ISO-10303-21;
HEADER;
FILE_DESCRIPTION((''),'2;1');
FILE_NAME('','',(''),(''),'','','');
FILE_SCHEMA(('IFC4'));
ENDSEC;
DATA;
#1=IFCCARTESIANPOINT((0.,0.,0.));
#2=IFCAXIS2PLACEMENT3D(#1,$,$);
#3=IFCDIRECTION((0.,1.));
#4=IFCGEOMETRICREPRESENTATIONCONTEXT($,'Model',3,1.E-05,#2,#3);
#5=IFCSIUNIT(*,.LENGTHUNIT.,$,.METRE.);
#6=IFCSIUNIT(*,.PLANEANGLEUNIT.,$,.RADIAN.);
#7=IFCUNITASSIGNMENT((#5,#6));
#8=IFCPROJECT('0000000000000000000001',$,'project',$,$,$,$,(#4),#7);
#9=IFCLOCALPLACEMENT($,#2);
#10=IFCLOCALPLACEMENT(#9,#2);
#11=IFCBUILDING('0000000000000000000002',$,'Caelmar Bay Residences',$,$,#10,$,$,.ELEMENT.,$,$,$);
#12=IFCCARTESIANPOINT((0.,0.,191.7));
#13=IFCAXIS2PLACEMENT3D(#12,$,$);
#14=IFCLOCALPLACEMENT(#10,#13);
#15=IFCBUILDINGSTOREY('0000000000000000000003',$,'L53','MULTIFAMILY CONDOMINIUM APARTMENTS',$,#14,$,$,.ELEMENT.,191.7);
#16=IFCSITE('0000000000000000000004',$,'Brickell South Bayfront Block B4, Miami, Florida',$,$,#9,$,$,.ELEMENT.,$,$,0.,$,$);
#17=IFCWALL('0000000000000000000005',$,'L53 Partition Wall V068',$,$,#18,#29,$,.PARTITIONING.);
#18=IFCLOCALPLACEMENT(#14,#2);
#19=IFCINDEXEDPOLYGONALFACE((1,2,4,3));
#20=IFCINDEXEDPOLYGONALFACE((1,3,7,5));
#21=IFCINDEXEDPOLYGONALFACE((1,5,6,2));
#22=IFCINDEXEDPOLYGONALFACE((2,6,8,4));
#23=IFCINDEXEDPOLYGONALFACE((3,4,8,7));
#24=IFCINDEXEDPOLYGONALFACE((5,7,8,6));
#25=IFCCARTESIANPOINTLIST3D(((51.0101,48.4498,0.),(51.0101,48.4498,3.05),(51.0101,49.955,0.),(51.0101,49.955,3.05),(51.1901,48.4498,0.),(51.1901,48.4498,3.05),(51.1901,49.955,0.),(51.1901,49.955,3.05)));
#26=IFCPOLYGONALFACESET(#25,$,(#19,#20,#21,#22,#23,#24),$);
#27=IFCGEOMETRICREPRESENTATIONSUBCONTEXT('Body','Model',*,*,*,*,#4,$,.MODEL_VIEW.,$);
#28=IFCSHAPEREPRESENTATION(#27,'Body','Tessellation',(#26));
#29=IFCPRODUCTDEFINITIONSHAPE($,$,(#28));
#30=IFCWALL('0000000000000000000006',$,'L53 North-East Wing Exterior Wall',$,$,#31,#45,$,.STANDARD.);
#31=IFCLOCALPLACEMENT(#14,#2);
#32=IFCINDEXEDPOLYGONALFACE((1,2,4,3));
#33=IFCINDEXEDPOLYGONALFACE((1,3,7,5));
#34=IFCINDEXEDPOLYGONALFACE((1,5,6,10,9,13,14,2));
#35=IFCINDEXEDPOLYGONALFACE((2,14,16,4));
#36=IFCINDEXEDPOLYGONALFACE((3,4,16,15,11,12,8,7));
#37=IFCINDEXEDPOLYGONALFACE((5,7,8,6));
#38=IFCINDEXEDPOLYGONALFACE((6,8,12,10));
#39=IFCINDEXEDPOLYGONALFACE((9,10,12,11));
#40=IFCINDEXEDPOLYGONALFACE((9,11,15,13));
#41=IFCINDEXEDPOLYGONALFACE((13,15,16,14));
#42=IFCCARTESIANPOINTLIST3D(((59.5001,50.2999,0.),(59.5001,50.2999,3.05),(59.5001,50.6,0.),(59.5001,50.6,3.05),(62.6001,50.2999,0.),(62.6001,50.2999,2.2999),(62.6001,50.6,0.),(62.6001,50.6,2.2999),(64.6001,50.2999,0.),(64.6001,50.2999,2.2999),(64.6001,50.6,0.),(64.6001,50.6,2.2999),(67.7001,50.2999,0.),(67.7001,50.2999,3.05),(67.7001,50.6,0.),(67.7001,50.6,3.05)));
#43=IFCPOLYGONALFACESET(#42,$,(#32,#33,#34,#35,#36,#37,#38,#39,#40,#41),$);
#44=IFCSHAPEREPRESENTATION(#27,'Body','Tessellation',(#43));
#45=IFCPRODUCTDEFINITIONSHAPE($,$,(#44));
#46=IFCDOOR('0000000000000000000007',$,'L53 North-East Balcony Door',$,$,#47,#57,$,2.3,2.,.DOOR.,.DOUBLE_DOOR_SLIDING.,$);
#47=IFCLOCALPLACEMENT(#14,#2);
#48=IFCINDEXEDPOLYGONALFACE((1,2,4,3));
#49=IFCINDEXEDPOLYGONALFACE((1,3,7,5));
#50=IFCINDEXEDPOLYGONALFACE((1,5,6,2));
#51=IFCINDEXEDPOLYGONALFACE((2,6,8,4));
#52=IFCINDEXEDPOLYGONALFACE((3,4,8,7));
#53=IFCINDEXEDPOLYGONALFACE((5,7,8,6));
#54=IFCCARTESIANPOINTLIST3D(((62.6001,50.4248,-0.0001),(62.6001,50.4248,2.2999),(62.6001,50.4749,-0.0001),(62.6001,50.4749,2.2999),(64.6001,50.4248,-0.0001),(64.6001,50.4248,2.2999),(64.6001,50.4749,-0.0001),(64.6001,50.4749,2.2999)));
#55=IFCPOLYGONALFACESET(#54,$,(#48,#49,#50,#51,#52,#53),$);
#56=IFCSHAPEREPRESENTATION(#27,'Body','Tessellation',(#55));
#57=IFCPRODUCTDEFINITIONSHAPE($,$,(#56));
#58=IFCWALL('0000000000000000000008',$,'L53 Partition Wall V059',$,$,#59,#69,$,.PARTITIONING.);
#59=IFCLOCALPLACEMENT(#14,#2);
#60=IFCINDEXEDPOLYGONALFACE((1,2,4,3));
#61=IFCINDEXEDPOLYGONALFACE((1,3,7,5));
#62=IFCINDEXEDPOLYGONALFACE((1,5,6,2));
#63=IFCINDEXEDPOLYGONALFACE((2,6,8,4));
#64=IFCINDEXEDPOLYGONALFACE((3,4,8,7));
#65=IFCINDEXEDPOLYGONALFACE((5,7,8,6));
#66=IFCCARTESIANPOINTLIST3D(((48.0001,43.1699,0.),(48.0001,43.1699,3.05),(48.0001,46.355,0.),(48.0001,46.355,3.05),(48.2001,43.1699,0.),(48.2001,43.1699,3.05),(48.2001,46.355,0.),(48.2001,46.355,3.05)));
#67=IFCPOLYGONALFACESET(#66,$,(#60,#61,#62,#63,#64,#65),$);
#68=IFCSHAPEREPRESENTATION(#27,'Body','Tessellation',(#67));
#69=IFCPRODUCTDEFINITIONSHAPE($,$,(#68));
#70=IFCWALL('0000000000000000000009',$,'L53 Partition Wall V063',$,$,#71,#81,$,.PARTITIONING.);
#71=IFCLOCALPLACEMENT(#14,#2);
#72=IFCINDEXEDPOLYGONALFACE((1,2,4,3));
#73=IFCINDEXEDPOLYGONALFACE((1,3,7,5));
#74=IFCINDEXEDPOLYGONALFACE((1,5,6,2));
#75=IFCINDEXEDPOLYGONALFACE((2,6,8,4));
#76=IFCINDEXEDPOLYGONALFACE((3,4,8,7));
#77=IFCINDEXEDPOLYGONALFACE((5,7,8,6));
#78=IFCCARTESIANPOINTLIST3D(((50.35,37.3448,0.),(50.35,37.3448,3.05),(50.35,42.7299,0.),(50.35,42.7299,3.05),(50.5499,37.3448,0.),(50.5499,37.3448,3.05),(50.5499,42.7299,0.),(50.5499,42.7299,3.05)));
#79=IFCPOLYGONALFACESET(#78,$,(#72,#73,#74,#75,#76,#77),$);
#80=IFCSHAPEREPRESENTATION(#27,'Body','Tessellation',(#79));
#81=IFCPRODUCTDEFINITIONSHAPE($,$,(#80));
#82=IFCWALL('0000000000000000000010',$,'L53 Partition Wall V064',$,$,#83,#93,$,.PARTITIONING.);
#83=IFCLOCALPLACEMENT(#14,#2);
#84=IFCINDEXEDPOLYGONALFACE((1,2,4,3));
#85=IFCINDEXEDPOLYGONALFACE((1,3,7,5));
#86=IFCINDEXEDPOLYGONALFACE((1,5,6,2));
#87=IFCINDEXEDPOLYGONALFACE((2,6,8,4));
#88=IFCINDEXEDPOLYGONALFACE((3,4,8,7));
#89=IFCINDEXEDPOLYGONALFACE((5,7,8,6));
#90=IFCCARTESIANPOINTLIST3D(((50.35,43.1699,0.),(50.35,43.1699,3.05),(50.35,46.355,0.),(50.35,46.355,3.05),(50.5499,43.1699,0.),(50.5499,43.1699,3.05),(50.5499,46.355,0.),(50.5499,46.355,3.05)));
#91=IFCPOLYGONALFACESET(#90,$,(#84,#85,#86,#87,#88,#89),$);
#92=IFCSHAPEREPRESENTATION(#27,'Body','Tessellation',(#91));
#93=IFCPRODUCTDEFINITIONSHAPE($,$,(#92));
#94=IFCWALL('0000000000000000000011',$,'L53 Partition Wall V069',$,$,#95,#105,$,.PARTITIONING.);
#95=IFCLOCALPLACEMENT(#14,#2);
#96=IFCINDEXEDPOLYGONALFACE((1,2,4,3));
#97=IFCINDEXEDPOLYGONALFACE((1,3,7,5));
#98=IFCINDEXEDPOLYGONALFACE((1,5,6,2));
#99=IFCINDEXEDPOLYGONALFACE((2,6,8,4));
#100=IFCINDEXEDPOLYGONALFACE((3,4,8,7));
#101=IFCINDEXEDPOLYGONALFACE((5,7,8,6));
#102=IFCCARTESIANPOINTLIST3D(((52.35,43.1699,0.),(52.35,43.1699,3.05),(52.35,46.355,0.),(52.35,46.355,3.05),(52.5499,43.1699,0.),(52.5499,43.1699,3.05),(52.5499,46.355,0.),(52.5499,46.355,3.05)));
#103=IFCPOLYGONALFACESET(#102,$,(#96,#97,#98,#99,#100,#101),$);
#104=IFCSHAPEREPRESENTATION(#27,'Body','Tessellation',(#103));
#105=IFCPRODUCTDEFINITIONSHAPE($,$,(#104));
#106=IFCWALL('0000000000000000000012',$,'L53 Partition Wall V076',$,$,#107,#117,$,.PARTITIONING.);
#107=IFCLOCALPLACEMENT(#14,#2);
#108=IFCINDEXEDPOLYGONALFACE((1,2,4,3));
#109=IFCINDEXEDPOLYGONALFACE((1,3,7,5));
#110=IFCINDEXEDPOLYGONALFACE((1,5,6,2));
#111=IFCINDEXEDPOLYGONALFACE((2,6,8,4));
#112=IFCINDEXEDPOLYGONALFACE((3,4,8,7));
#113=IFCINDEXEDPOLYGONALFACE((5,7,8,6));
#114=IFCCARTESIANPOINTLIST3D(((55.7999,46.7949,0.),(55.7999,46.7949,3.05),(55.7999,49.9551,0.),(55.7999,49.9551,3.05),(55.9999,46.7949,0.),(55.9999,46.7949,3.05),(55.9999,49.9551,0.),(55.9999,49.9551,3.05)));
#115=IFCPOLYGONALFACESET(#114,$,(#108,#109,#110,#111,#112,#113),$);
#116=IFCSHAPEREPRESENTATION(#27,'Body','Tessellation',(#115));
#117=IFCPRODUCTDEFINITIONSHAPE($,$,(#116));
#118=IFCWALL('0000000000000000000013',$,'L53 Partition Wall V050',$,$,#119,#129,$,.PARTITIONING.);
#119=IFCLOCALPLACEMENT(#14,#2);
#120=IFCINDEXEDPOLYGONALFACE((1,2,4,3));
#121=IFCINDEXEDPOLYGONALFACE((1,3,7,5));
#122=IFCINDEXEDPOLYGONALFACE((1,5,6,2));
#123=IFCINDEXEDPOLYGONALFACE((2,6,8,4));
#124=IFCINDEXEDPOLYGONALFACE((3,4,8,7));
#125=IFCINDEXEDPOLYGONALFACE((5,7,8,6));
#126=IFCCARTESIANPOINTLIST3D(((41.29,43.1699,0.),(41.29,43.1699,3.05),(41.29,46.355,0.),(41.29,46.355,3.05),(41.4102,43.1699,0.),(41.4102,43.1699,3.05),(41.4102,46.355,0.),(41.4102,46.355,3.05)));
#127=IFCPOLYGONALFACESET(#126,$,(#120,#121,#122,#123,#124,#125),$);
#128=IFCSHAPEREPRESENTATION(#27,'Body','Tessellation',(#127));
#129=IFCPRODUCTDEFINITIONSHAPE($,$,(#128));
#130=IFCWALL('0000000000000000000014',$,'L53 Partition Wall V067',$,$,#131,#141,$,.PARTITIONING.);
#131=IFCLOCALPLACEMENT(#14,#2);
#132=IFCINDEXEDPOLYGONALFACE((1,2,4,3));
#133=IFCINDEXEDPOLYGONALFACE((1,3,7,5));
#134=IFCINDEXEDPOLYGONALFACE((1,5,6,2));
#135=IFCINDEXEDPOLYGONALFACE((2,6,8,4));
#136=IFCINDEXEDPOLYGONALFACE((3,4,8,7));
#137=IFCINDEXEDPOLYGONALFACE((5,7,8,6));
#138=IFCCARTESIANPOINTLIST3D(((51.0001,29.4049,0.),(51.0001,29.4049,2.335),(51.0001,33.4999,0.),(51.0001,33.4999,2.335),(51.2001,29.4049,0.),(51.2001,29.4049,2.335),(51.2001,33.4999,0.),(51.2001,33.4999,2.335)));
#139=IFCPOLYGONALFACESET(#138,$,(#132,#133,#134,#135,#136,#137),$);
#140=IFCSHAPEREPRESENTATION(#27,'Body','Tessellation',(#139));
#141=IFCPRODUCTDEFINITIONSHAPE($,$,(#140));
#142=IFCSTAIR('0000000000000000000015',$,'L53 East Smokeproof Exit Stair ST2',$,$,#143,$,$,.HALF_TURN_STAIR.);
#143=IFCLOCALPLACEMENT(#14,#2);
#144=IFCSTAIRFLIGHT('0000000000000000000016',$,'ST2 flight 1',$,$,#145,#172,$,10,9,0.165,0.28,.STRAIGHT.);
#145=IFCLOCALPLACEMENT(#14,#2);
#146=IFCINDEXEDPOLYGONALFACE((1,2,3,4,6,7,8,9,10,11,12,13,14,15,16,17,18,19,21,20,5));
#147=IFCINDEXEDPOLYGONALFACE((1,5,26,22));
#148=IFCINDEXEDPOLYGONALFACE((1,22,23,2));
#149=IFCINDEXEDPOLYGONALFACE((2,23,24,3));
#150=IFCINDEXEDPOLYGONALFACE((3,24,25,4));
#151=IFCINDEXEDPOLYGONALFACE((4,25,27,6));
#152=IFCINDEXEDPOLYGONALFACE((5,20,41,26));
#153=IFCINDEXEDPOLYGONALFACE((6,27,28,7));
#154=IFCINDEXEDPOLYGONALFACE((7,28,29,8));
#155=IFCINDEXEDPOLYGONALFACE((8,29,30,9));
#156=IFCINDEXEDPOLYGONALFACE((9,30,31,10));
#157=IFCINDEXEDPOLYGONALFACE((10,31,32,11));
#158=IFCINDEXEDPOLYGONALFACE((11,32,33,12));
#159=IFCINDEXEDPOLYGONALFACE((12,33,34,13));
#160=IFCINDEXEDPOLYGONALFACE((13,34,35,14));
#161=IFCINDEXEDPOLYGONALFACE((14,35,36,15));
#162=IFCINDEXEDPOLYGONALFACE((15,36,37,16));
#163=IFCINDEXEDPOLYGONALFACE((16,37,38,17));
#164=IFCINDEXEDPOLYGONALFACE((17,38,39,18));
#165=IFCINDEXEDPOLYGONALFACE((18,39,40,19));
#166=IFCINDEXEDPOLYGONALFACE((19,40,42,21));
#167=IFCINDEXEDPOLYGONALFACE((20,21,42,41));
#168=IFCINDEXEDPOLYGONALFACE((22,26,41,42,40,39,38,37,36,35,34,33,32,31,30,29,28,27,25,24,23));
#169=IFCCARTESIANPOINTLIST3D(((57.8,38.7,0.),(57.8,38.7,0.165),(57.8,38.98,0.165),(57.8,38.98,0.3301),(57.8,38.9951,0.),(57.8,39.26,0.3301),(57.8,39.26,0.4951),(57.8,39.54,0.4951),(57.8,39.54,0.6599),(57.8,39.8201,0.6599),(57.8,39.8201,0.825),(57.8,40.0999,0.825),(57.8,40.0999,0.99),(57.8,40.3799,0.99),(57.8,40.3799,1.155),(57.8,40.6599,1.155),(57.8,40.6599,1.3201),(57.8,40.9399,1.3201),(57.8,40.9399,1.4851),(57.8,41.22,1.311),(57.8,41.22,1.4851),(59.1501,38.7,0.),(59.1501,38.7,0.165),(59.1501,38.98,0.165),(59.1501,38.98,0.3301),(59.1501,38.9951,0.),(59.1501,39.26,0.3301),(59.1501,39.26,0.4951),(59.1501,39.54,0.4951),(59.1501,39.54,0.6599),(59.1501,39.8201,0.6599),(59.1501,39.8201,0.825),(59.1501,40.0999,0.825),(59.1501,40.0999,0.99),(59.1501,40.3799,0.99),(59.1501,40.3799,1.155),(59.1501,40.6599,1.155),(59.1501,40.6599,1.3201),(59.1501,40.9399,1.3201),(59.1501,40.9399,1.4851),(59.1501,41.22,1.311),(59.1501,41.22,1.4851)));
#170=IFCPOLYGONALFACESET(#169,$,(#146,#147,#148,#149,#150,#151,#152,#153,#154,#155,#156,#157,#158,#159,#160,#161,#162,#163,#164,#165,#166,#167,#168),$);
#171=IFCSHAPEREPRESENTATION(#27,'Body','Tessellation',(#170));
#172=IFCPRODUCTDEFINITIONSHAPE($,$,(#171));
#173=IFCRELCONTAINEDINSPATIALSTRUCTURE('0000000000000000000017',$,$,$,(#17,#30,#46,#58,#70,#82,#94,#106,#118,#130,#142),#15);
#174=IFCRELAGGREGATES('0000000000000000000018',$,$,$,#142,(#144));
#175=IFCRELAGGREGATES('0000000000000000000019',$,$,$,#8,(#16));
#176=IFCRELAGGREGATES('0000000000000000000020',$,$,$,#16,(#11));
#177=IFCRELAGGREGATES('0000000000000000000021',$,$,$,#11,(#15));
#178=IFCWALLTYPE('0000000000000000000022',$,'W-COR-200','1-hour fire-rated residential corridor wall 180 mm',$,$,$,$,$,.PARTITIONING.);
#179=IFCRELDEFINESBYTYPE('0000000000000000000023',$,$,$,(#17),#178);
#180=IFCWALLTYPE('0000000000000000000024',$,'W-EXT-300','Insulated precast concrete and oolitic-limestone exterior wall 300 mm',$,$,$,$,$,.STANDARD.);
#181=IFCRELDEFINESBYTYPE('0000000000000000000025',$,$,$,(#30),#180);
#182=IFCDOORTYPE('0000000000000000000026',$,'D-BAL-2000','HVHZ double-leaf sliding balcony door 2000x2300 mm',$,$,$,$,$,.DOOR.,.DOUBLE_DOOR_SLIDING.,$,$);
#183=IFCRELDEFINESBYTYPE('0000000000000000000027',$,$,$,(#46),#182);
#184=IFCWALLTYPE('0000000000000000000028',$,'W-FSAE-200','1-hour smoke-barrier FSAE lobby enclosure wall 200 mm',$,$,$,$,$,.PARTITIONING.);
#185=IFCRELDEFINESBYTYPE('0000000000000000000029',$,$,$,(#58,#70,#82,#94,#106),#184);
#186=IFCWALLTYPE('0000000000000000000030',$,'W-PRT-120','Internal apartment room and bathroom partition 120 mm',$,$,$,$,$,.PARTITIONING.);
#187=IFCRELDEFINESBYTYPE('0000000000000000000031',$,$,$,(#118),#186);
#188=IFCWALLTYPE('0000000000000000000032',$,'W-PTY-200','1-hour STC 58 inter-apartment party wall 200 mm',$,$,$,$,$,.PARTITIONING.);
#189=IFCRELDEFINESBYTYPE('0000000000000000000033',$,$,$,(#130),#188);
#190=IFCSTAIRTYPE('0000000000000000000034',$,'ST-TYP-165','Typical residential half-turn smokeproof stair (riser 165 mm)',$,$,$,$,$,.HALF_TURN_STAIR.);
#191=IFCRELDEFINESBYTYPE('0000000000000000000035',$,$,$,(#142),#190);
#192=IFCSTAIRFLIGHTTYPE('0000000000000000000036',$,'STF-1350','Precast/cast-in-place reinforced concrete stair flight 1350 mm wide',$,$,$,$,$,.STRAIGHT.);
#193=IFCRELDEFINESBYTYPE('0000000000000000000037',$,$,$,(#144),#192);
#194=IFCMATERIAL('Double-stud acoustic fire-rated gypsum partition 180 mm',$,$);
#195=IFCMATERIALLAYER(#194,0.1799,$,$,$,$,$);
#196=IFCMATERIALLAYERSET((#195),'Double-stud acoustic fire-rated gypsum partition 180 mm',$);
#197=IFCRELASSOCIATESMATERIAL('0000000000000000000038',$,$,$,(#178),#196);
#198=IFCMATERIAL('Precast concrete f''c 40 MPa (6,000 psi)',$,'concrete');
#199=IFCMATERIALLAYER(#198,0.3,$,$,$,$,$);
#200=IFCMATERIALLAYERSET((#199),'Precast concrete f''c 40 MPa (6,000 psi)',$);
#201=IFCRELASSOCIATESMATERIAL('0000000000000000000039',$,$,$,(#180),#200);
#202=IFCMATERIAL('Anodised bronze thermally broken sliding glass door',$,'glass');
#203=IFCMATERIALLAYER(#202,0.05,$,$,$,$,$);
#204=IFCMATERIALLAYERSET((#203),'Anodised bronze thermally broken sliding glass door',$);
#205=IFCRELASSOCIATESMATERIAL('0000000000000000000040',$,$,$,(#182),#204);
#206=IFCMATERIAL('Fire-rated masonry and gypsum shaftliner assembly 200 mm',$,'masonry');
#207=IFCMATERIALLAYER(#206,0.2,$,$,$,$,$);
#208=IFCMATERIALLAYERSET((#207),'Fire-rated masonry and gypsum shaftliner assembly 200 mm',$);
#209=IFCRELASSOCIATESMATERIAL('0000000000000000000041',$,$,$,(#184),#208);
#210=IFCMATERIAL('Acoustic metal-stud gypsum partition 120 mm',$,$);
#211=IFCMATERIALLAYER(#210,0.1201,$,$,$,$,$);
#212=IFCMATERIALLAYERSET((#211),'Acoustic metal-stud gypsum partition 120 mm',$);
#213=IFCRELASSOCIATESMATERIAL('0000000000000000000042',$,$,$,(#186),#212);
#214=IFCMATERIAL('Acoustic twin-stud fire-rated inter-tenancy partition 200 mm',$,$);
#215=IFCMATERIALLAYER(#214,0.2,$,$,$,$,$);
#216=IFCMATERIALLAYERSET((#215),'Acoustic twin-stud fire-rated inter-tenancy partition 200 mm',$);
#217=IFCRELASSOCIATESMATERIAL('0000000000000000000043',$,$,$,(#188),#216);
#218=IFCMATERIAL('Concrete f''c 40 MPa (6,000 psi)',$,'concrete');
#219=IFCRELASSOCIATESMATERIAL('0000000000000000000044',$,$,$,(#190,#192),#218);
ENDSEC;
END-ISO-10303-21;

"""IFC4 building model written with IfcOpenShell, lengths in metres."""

from ifc_helpers import new_model, si_unit, direction, frame, frame_2d, origin, place, context, subcontext, project, spatial, polyline, rectangle, outline, extrude, material, layer, layer_set, type_object, element, fill, aggregate, save


model = new_model("IFC4")

# Units and contexts
model_context = context("Model", 3, precision=1e-05, world=origin(), true_north=direction((0.0, 1.0)))
body_context = subcontext(model_context, "Body", "Model", "MODEL_VIEW")
ifc_project = project(units=[si_unit("LENGTHUNIT", "METRE"), si_unit("PLANEANGLEUNIT", "RADIAN")], contexts=[model_context])

# Site, building, storey
site_placement = place(None, origin())
site = spatial("IfcSite", under=ifc_project, at=site_placement, Name="Brickell South Bayfront Block B4, Miami, Florida", CompositionType="ELEMENT", RefElevation=0.0)
building_placement = place(site_placement, origin())
building = spatial("IfcBuilding", under=site, at=building_placement, Name="Caelmar Bay Residences", CompositionType="ELEMENT")
storey_placement = place(building_placement, frame((0.0, 0.0, 191.7)))
storey = spatial("IfcBuildingStorey", under=building, at=storey_placement, Name="L53", Description="MULTIFAMILY CONDOMINIUM APARTMENTS", CompositionType="ELEMENT", Elevation=191.7)

# Wall
ifc_material_1 = material(Name="Double-stud acoustic fire-rated gypsum partition 180 mm")
ifc_layer_1 = layer(ifc_material_1, 0.1799)
ifc_layer_set_1 = layer_set([ifc_layer_1], Name="Double-stud acoustic fire-rated gypsum partition 180 mm")
wall_type_1 = type_object("IfcWallType", Name="W-COR-200", Description="1-hour fire-rated residential corridor wall 180 mm", PredefinedType="PARTITIONING", material=ifc_layer_set_1)
for number, where, z_axis, x_axis, name in (
    (1, (51.1001, 48.45, 0.0), (0.0, 0.0, 1.0), (0.0, 1.0, 0.0), "L53 Partition Wall V068"),
):
    element("IfcWall", number, at=place(storey_placement, frame(where, z_axis=z_axis, x_axis=x_axis)), inside=storey, type_object=wall_type_1, Name=name, PredefinedType="PARTITIONING", context=body_context, shape_type="SweptSolid", body=[
        extrude(rectangle(XDim=1.5051, YDim=0.1799, at=frame_2d((0.7524, 0.0))), origin(), (0.0, 0.0, 1.0), 3.05),
    ])

# Wall, opening, door
ifc_material_2 = material(Name="Precast concrete f'c 40 MPa (6,000 psi)", Category="concrete")
ifc_layer_2 = layer(ifc_material_2, 0.3)
ifc_layer_set_2 = layer_set([ifc_layer_2], Name="Precast concrete f'c 40 MPa (6,000 psi)")
wall_type_2 = type_object("IfcWallType", Name="W-EXT-300", Description="Insulated precast concrete and oolitic-limestone exterior wall 300 mm", PredefinedType="STANDARD", material=ifc_layer_set_2)
wall_1_placement = place(storey_placement, frame((59.5, 50.45, 0.0), z_axis=(0.0, 0.0, 1.0), x_axis=(1.0, 0.0, 0.0)))
wall_1 = element("IfcWall", 2, at=wall_1_placement, inside=storey, type_object=wall_type_2, Name="L53 North-East Wing Exterior Wall", PredefinedType="STANDARD", context=body_context, shape_type="SweptSolid", body=[
    extrude(rectangle(XDim=8.2, YDim=0.3, at=frame_2d((4.1001, 0.0))), origin(), (0.0, 0.0, 1.0), 3.05),
])
opening_1_placement = place(wall_1_placement, frame((3.1001, 0.0, 0.0)))
opening_1 = element("IfcOpeningElement", 3, at=opening_1_placement, cuts=wall_1, PredefinedType="OPENING", context=body_context, shape_type="SweptSolid", body=[
    extrude(rectangle(XDim=2.0, YDim=2.3, at=frame_2d((1.0, 1.1499))), frame((0.0, 0.1599, 0.0), z_axis=(0.0, -1.0, 0.0), x_axis=(1.0, 0.0, 0.0)), (0.0, 0.0, 1.0), 0.3201),
])
ifc_material_3 = material(Name="Anodised bronze thermally broken sliding glass door", Category="glass")
ifc_layer_3 = layer(ifc_material_3, 0.05)
ifc_layer_set_3 = layer_set([ifc_layer_3], Name="Anodised bronze thermally broken sliding glass door")
door_type_1 = type_object("IfcDoorType", Name="D-BAL-2000", Description="HVHZ double-leaf sliding balcony door 2000x2300 mm", OperationType="DOUBLE_DOOR_SLIDING", PredefinedType="DOOR", material=ifc_layer_set_3)
door_1_placement = place(opening_1_placement, origin())
door_1 = element("IfcDoor", 4, at=door_1_placement, inside=storey, type_object=door_type_1, Name="L53 North-East Balcony Door", OperationType="DOUBLE_DOOR_SLIDING", OverallHeight=2.3, OverallWidth=2.0, PredefinedType="DOOR", context=body_context, shape_type="SweptSolid", body=[
    extrude(rectangle(XDim=2.0, YDim=2.3, at=frame_2d((1.0, 1.1499))), frame((0.0, 0.0249, 0.0), z_axis=(0.0, -1.0, 0.0), x_axis=(1.0, 0.0, 0.0)), (0.0, 0.0, 1.0), 0.05),
])
fill(opening_1, door_1)

# Walls
ifc_material_4 = material(Name="Fire-rated masonry and gypsum shaftliner assembly 200 mm", Category="masonry")
ifc_layer_4 = layer(ifc_material_4, 0.2)
ifc_layer_set_4 = layer_set([ifc_layer_4], Name="Fire-rated masonry and gypsum shaftliner assembly 200 mm")
wall_type_3 = type_object("IfcWallType", Name="W-FSAE-200", Description="1-hour smoke-barrier FSAE lobby enclosure wall 200 mm", PredefinedType="PARTITIONING", material=ifc_layer_set_4)
wall_2_placement = place(storey_placement, frame((48.1001, 43.1699, 0.0), z_axis=(0.0, 0.0, 1.0), x_axis=(0.0, 1.0, 0.0)))
element("IfcWall", 5, at=wall_2_placement, inside=storey, type_object=wall_type_3, Name="L53 Partition Wall V059", PredefinedType="PARTITIONING", context=body_context, shape_type="SweptSolid", body=[
    extrude(rectangle(XDim=3.1851, YDim=0.2, at=frame_2d((1.5925, 0.0))), origin(), (0.0, 0.0, 1.0), 3.05),
])
wall_3_placement = place(storey_placement, frame((50.45, 37.345, 0.0), z_axis=(0.0, 0.0, 1.0), x_axis=(0.0, 1.0, 0.0)))
element("IfcWall", 6, at=wall_3_placement, inside=storey, type_object=wall_type_3, Name="L53 Partition Wall V063", PredefinedType="PARTITIONING", context=body_context, shape_type="SweptSolid", body=[
    extrude(rectangle(XDim=5.385, YDim=0.2, at=frame_2d((2.6924, 0.0))), origin(), (0.0, 0.0, 1.0), 3.05),
])
for number, where, z_axis, x_axis, name in (
    (7, (50.45, 43.1699, 0.0), (0.0, 0.0, 1.0), (0.0, 1.0, 0.0), "L53 Partition Wall V064"),
    (8, (52.45, 43.1699, 0.0), (0.0, 0.0, 1.0), (0.0, 1.0, 0.0), "L53 Partition Wall V069"),
):
    element("IfcWall", number, at=place(storey_placement, frame(where, z_axis=z_axis, x_axis=x_axis)), inside=storey, type_object=wall_type_3, Name=name, PredefinedType="PARTITIONING", context=body_context, shape_type="SweptSolid", body=[
        extrude(rectangle(XDim=3.1851, YDim=0.2, at=frame_2d((1.5925, 0.0))), origin(), (0.0, 0.0, 1.0), 3.05),
    ])
wall_4_placement = place(storey_placement, frame((55.8999, 46.7949, 0.0), z_axis=(0.0, 0.0, 1.0), x_axis=(0.0, 1.0, 0.0)))
element("IfcWall", 9, at=wall_4_placement, inside=storey, type_object=wall_type_3, Name="L53 Partition Wall V076", PredefinedType="PARTITIONING", context=body_context, shape_type="SweptSolid", body=[
    extrude(rectangle(XDim=3.1602, YDim=0.2, at=frame_2d((1.5801, 0.0))), origin(), (0.0, 0.0, 1.0), 3.05),
])
ifc_material_5 = material(Name="Acoustic metal-stud gypsum partition 120 mm")
ifc_layer_5 = layer(ifc_material_5, 0.1201)
ifc_layer_set_5 = layer_set([ifc_layer_5], Name="Acoustic metal-stud gypsum partition 120 mm")
wall_type_4 = type_object("IfcWallType", Name="W-PRT-120", Description="Internal apartment room and bathroom partition 120 mm", PredefinedType="PARTITIONING", material=ifc_layer_set_5)
wall_5_placement = place(storey_placement, frame((41.3501, 43.1699, 0.0), z_axis=(0.0, 0.0, 1.0), x_axis=(0.0, 1.0, 0.0)))
element("IfcWall", 10, at=wall_5_placement, inside=storey, type_object=wall_type_4, Name="L53 Partition Wall V050", PredefinedType="PARTITIONING", context=body_context, shape_type="SweptSolid", body=[
    extrude(rectangle(XDim=3.1851, YDim=0.1201, at=frame_2d((1.5925, 0.0))), origin(), (0.0, 0.0, 1.0), 3.05),
])
ifc_material_6 = material(Name="Acoustic twin-stud fire-rated inter-tenancy partition 200 mm")
ifc_layer_6 = layer(ifc_material_6, 0.2)
ifc_layer_set_6 = layer_set([ifc_layer_6], Name="Acoustic twin-stud fire-rated inter-tenancy partition 200 mm")
wall_type_5 = type_object("IfcWallType", Name="W-PTY-200", Description="1-hour STC 58 inter-apartment party wall 200 mm", PredefinedType="PARTITIONING", material=ifc_layer_set_6)
wall_6_placement = place(storey_placement, frame((51.1001, 29.405, 0.0), z_axis=(0.0, 0.0, 1.0), x_axis=(0.0, 1.0, 0.0)))
element("IfcWall", 11, at=wall_6_placement, inside=storey, type_object=wall_type_5, Name="L53 Partition Wall V067", PredefinedType="PARTITIONING", context=body_context, shape_type="SweptSolid", body=[
    extrude(rectangle(XDim=4.095, YDim=0.2, at=frame_2d((2.0474, 0.0))), origin(), (0.0, 0.0, 1.0), 2.335),
])

# Stair, stair flight
ifc_material_7 = material(Name="Concrete f'c 40 MPa (6,000 psi)", Category="concrete")
stair_type = type_object("IfcStairType", Name="ST-TYP-165", Description="Typical residential half-turn smokeproof stair (riser 165 mm)", PredefinedType="HALF_TURN_STAIR", material=ifc_material_7)
stair_placement = place(storey_placement, origin())
stair = element("IfcStair", 12, at=stair_placement, inside=storey, type_object=stair_type, Name="L53 East Smokeproof Exit Stair ST2", PredefinedType="HALF_TURN_STAIR")
stair_flight_type = type_object("IfcStairFlightType", Name="STF-1350", Description="Precast/cast-in-place reinforced concrete stair flight 1350 mm wide", PredefinedType="STRAIGHT", material=ifc_material_7)
stair_flight_1_placement = place(storey_placement, frame((58.4751, 38.7, 0.0), z_axis=(0.0, 0.0, 1.0), x_axis=(0.0, 1.0, 0.0)))
stair_flight_1 = element("IfcStairFlight", 13, at=stair_flight_1_placement, type_object=stair_flight_type, Name="ST2 flight 1", NumberOfRisers=10, NumberOfTreads=9, PredefinedType="STRAIGHT", RiserHeight=0.165, TreadLength=0.28, context=body_context, shape_type="SweptSolid", body=[
    extrude(outline(polyline([(0.0, 0.0), (0.0, 0.165), (0.28, 0.165), (0.28, 0.3301), (0.5601, 0.3301), (0.5601, 0.4951), (0.8401, 0.4951), (0.8401, 0.6599), (1.1201, 0.6599), (1.1201, 0.825), (1.3999, 0.825), (1.3999, 0.99), (1.6799, 0.99), (1.6799, 1.155), (1.96, 1.155), (1.96, 1.3201), (2.24, 1.3201), (2.24, 1.4851), (2.52, 1.4851), (2.52, 1.6499), (2.52, 1.311), (0.2952, 0.0), (0.0, 0.0)])), frame((0.0, 0.675, 0.0), z_axis=(0.0, -1.0, 0.0), x_axis=(1.0, 0.0, 0.0)), (0.0, 0.0, 1.0), 1.3501),
])
aggregate(stair, [stair_flight_1])

save(model, "model.ifc")
